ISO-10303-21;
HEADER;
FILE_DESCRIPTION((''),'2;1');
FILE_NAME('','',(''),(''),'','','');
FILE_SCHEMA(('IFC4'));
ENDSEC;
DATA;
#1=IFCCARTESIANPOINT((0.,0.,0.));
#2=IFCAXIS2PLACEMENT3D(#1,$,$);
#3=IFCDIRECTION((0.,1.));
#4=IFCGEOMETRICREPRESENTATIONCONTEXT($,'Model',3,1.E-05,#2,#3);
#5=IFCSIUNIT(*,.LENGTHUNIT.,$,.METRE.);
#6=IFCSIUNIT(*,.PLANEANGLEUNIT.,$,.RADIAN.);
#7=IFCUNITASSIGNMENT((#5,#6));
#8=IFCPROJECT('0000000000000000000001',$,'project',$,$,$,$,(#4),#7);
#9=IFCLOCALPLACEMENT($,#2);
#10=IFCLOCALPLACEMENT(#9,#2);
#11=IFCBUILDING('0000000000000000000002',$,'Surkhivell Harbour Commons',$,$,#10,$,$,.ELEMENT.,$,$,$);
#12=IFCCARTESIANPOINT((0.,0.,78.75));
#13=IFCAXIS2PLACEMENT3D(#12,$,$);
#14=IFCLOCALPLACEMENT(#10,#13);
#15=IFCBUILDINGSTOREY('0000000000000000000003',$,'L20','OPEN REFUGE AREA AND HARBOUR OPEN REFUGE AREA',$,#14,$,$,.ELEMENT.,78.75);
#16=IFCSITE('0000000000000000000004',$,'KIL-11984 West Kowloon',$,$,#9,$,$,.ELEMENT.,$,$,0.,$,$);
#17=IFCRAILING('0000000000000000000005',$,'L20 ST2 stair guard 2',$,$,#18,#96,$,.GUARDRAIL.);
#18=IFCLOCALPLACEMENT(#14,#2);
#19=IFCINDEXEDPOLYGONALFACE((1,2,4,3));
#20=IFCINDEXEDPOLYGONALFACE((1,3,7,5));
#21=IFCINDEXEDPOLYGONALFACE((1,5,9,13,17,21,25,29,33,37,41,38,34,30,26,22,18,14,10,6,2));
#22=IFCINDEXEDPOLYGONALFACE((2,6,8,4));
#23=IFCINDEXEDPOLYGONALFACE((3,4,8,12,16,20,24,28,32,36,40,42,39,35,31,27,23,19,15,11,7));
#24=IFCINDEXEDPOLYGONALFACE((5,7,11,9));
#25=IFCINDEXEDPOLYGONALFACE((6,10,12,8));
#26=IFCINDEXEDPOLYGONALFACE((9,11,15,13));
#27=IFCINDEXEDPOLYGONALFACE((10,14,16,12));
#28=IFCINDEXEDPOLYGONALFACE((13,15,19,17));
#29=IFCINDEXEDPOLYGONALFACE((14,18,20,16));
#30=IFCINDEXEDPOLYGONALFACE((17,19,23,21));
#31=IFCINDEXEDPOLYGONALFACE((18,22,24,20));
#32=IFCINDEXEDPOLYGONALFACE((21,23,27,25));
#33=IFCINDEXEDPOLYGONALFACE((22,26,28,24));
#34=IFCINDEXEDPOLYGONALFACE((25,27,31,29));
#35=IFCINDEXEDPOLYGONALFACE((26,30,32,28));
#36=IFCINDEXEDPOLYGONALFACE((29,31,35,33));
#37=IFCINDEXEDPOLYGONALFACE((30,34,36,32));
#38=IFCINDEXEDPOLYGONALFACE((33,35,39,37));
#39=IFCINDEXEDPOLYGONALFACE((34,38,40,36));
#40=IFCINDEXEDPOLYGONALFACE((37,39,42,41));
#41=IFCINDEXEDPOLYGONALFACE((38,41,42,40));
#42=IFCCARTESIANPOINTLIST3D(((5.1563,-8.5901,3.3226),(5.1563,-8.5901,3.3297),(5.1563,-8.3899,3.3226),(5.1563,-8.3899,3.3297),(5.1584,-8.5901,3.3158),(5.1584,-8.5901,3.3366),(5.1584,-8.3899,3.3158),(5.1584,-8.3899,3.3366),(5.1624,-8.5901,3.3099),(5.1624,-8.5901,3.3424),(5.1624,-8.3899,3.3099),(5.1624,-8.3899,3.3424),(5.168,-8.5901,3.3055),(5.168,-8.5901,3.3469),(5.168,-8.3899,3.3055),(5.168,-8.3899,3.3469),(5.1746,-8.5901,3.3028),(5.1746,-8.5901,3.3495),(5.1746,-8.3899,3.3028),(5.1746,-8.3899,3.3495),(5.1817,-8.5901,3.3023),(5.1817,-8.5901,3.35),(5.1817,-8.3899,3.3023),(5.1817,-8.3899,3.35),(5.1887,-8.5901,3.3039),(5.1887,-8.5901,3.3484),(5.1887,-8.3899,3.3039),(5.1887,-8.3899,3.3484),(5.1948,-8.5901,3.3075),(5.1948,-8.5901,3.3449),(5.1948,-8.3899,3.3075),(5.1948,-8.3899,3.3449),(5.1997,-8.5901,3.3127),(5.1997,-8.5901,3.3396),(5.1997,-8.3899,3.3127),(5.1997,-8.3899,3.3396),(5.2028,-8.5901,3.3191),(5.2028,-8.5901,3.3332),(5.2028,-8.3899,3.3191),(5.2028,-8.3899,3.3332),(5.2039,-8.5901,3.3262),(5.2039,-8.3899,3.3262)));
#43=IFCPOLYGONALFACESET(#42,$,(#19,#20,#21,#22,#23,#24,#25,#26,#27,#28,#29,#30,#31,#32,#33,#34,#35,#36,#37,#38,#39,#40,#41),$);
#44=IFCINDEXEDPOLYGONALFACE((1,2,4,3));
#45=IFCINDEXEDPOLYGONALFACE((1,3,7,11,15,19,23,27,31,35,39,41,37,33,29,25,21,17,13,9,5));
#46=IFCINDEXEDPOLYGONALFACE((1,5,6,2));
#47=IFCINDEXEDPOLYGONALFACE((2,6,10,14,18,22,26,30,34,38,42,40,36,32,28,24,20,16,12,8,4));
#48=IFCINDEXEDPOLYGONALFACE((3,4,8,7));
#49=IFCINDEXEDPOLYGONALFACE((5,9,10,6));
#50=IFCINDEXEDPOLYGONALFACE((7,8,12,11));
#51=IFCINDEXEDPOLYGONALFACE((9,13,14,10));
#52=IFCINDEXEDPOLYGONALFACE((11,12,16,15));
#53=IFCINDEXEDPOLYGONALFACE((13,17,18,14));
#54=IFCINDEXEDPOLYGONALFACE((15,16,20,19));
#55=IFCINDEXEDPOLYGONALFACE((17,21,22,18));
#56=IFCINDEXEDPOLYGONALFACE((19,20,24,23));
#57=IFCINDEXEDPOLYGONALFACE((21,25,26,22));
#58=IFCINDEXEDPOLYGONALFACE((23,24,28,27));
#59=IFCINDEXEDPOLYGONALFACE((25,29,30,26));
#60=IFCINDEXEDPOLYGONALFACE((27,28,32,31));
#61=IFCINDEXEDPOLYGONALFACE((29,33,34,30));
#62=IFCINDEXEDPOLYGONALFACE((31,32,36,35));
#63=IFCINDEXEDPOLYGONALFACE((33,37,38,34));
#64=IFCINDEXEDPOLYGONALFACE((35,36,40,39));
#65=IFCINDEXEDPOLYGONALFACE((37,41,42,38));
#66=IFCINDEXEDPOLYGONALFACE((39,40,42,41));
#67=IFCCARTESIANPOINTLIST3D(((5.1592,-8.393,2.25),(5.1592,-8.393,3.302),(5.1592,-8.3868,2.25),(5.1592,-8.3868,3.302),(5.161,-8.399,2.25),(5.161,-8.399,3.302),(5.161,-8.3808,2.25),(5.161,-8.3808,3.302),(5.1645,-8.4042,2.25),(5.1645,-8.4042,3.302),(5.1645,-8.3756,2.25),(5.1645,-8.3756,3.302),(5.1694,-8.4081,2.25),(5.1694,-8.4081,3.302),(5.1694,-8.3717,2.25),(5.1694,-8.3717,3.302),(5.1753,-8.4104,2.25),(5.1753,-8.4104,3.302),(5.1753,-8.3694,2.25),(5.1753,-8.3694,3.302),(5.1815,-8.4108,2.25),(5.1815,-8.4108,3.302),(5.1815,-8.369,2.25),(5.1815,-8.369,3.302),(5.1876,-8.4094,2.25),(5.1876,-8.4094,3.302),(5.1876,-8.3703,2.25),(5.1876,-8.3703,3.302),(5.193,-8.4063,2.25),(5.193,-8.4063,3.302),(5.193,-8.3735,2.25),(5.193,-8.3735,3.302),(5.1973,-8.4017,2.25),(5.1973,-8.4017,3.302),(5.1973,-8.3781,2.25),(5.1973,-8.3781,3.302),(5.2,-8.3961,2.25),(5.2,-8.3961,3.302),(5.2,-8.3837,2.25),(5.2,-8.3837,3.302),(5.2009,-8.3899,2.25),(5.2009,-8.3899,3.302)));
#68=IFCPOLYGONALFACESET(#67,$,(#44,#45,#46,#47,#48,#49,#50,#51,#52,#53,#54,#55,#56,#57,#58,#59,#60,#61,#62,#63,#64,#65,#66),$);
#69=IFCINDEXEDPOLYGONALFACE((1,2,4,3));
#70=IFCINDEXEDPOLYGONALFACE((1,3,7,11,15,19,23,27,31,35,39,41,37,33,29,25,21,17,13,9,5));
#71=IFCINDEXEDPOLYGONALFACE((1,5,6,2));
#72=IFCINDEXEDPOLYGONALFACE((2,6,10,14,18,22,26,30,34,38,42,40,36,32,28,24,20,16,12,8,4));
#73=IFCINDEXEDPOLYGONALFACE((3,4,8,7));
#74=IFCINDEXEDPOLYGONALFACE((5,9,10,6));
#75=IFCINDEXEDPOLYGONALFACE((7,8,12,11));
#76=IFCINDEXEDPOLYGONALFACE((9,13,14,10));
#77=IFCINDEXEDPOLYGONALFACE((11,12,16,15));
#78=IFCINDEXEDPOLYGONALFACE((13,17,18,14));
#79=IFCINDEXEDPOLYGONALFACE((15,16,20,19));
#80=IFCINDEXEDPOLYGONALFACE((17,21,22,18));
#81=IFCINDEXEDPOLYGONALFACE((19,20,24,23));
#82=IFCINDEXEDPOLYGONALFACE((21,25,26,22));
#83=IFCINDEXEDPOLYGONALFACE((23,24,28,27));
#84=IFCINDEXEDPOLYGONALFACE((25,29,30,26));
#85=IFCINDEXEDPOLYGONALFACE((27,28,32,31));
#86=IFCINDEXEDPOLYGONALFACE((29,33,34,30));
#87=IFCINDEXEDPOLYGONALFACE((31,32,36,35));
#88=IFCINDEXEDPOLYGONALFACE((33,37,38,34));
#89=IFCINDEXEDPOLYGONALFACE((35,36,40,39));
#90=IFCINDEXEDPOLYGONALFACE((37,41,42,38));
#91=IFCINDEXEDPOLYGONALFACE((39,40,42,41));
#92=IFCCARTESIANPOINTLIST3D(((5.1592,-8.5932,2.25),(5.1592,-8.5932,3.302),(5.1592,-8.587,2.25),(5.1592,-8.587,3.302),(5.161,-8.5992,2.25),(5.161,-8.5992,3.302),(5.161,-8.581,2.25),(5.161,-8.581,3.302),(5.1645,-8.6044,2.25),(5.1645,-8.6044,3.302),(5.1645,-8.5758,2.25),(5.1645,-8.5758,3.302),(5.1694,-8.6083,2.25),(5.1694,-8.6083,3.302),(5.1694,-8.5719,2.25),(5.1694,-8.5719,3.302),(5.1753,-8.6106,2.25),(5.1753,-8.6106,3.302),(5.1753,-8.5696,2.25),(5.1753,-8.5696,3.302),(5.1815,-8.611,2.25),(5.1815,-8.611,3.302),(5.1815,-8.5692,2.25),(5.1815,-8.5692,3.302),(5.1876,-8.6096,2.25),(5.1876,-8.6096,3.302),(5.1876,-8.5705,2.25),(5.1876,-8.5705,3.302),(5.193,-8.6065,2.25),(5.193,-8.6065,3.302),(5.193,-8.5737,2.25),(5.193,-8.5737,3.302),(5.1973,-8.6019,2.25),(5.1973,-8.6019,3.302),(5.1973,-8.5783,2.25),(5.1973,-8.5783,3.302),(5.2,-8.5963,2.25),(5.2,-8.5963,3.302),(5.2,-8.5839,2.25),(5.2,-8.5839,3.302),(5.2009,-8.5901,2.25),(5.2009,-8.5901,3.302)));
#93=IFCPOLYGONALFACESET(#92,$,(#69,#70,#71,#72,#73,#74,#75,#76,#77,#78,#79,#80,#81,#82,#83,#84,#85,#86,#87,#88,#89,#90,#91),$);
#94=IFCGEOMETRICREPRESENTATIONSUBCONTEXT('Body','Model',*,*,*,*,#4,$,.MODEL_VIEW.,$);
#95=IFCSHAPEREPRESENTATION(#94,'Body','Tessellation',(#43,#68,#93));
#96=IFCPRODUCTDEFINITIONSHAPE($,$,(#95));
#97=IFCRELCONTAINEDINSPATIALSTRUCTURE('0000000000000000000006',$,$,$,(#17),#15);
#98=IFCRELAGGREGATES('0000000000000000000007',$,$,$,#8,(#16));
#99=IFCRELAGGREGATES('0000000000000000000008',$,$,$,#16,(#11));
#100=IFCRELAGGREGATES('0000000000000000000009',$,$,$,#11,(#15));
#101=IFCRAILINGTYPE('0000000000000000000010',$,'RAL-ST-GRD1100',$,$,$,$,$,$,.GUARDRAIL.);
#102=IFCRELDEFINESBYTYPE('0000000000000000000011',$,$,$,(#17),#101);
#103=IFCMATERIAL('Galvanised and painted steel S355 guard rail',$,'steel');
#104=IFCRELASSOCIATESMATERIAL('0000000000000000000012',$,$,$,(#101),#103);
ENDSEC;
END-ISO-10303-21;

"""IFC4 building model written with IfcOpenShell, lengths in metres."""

from ifc_helpers import new_model, si_unit, direction, frame, origin, origin_2d, place, context, subcontext, project, spatial, circle, extrude, material, type_object, element, save


model = new_model("IFC4")

# Units and contexts
model_context = context("Model", 3, precision=1e-05, world=origin(), true_north=direction((0.0, 1.0)))
body_context = subcontext(model_context, "Body", "Model", "MODEL_VIEW")
ifc_project = project(units=[si_unit("LENGTHUNIT", "METRE"), si_unit("PLANEANGLEUNIT", "RADIAN")], contexts=[model_context])

# Site, building, storey
site_placement = place(None, origin())
site = spatial("IfcSite", under=ifc_project, at=site_placement, Name="KIL-11984 West Kowloon", CompositionType="ELEMENT", RefElevation=0.0)
building_placement = place(site_placement, origin())
building = spatial("IfcBuilding", under=site, at=building_placement, Name="Surkhivell Harbour Commons", CompositionType="ELEMENT")
storey_placement = place(building_placement, frame((0.0, 0.0, 78.75)))
storey = spatial("IfcBuildingStorey", under=building, at=storey_placement, Name="L20", Description="OPEN REFUGE AREA AND HARBOUR OPEN REFUGE AREA", CompositionType="ELEMENT", Elevation=78.75)

# Railing
ifc_material_1 = material(Name="Galvanised and painted steel S355 guard rail", Category="steel")
railing_type_1 = type_object("IfcRailingType", Name="RAL-ST-GRD1100", PredefinedType="GUARDRAIL", material=ifc_material_1)
railing_1_placement = place(storey_placement, frame((5.1799, -8.3899, 2.25)))
element("IfcRailing", 1, at=railing_1_placement, inside=storey, type_object=railing_type_1, Name="L20 ST2 stair guard 2", PredefinedType="GUARDRAIL", context=body_context, shape_type="SweptSolid", body=[
    extrude(circle(Radius=0.0239, at=origin_2d()), frame((0.0, 0.0, 1.0762), z_axis=(0.0, -1.0, 0.0), x_axis=(1.0, 0.0, 0.0)), (0.0, 0.0, 1.0), 0.2002),
    extrude(circle(Radius=0.021, at=origin_2d()), origin(), (0.0, 0.0, 1.0), 1.052),
    extrude(circle(Radius=0.021, at=origin_2d()), frame((0.0, -0.2002, 0.0)), (0.0, 0.0, 1.0), 1.052),
])

save(model, "model.ifc")
